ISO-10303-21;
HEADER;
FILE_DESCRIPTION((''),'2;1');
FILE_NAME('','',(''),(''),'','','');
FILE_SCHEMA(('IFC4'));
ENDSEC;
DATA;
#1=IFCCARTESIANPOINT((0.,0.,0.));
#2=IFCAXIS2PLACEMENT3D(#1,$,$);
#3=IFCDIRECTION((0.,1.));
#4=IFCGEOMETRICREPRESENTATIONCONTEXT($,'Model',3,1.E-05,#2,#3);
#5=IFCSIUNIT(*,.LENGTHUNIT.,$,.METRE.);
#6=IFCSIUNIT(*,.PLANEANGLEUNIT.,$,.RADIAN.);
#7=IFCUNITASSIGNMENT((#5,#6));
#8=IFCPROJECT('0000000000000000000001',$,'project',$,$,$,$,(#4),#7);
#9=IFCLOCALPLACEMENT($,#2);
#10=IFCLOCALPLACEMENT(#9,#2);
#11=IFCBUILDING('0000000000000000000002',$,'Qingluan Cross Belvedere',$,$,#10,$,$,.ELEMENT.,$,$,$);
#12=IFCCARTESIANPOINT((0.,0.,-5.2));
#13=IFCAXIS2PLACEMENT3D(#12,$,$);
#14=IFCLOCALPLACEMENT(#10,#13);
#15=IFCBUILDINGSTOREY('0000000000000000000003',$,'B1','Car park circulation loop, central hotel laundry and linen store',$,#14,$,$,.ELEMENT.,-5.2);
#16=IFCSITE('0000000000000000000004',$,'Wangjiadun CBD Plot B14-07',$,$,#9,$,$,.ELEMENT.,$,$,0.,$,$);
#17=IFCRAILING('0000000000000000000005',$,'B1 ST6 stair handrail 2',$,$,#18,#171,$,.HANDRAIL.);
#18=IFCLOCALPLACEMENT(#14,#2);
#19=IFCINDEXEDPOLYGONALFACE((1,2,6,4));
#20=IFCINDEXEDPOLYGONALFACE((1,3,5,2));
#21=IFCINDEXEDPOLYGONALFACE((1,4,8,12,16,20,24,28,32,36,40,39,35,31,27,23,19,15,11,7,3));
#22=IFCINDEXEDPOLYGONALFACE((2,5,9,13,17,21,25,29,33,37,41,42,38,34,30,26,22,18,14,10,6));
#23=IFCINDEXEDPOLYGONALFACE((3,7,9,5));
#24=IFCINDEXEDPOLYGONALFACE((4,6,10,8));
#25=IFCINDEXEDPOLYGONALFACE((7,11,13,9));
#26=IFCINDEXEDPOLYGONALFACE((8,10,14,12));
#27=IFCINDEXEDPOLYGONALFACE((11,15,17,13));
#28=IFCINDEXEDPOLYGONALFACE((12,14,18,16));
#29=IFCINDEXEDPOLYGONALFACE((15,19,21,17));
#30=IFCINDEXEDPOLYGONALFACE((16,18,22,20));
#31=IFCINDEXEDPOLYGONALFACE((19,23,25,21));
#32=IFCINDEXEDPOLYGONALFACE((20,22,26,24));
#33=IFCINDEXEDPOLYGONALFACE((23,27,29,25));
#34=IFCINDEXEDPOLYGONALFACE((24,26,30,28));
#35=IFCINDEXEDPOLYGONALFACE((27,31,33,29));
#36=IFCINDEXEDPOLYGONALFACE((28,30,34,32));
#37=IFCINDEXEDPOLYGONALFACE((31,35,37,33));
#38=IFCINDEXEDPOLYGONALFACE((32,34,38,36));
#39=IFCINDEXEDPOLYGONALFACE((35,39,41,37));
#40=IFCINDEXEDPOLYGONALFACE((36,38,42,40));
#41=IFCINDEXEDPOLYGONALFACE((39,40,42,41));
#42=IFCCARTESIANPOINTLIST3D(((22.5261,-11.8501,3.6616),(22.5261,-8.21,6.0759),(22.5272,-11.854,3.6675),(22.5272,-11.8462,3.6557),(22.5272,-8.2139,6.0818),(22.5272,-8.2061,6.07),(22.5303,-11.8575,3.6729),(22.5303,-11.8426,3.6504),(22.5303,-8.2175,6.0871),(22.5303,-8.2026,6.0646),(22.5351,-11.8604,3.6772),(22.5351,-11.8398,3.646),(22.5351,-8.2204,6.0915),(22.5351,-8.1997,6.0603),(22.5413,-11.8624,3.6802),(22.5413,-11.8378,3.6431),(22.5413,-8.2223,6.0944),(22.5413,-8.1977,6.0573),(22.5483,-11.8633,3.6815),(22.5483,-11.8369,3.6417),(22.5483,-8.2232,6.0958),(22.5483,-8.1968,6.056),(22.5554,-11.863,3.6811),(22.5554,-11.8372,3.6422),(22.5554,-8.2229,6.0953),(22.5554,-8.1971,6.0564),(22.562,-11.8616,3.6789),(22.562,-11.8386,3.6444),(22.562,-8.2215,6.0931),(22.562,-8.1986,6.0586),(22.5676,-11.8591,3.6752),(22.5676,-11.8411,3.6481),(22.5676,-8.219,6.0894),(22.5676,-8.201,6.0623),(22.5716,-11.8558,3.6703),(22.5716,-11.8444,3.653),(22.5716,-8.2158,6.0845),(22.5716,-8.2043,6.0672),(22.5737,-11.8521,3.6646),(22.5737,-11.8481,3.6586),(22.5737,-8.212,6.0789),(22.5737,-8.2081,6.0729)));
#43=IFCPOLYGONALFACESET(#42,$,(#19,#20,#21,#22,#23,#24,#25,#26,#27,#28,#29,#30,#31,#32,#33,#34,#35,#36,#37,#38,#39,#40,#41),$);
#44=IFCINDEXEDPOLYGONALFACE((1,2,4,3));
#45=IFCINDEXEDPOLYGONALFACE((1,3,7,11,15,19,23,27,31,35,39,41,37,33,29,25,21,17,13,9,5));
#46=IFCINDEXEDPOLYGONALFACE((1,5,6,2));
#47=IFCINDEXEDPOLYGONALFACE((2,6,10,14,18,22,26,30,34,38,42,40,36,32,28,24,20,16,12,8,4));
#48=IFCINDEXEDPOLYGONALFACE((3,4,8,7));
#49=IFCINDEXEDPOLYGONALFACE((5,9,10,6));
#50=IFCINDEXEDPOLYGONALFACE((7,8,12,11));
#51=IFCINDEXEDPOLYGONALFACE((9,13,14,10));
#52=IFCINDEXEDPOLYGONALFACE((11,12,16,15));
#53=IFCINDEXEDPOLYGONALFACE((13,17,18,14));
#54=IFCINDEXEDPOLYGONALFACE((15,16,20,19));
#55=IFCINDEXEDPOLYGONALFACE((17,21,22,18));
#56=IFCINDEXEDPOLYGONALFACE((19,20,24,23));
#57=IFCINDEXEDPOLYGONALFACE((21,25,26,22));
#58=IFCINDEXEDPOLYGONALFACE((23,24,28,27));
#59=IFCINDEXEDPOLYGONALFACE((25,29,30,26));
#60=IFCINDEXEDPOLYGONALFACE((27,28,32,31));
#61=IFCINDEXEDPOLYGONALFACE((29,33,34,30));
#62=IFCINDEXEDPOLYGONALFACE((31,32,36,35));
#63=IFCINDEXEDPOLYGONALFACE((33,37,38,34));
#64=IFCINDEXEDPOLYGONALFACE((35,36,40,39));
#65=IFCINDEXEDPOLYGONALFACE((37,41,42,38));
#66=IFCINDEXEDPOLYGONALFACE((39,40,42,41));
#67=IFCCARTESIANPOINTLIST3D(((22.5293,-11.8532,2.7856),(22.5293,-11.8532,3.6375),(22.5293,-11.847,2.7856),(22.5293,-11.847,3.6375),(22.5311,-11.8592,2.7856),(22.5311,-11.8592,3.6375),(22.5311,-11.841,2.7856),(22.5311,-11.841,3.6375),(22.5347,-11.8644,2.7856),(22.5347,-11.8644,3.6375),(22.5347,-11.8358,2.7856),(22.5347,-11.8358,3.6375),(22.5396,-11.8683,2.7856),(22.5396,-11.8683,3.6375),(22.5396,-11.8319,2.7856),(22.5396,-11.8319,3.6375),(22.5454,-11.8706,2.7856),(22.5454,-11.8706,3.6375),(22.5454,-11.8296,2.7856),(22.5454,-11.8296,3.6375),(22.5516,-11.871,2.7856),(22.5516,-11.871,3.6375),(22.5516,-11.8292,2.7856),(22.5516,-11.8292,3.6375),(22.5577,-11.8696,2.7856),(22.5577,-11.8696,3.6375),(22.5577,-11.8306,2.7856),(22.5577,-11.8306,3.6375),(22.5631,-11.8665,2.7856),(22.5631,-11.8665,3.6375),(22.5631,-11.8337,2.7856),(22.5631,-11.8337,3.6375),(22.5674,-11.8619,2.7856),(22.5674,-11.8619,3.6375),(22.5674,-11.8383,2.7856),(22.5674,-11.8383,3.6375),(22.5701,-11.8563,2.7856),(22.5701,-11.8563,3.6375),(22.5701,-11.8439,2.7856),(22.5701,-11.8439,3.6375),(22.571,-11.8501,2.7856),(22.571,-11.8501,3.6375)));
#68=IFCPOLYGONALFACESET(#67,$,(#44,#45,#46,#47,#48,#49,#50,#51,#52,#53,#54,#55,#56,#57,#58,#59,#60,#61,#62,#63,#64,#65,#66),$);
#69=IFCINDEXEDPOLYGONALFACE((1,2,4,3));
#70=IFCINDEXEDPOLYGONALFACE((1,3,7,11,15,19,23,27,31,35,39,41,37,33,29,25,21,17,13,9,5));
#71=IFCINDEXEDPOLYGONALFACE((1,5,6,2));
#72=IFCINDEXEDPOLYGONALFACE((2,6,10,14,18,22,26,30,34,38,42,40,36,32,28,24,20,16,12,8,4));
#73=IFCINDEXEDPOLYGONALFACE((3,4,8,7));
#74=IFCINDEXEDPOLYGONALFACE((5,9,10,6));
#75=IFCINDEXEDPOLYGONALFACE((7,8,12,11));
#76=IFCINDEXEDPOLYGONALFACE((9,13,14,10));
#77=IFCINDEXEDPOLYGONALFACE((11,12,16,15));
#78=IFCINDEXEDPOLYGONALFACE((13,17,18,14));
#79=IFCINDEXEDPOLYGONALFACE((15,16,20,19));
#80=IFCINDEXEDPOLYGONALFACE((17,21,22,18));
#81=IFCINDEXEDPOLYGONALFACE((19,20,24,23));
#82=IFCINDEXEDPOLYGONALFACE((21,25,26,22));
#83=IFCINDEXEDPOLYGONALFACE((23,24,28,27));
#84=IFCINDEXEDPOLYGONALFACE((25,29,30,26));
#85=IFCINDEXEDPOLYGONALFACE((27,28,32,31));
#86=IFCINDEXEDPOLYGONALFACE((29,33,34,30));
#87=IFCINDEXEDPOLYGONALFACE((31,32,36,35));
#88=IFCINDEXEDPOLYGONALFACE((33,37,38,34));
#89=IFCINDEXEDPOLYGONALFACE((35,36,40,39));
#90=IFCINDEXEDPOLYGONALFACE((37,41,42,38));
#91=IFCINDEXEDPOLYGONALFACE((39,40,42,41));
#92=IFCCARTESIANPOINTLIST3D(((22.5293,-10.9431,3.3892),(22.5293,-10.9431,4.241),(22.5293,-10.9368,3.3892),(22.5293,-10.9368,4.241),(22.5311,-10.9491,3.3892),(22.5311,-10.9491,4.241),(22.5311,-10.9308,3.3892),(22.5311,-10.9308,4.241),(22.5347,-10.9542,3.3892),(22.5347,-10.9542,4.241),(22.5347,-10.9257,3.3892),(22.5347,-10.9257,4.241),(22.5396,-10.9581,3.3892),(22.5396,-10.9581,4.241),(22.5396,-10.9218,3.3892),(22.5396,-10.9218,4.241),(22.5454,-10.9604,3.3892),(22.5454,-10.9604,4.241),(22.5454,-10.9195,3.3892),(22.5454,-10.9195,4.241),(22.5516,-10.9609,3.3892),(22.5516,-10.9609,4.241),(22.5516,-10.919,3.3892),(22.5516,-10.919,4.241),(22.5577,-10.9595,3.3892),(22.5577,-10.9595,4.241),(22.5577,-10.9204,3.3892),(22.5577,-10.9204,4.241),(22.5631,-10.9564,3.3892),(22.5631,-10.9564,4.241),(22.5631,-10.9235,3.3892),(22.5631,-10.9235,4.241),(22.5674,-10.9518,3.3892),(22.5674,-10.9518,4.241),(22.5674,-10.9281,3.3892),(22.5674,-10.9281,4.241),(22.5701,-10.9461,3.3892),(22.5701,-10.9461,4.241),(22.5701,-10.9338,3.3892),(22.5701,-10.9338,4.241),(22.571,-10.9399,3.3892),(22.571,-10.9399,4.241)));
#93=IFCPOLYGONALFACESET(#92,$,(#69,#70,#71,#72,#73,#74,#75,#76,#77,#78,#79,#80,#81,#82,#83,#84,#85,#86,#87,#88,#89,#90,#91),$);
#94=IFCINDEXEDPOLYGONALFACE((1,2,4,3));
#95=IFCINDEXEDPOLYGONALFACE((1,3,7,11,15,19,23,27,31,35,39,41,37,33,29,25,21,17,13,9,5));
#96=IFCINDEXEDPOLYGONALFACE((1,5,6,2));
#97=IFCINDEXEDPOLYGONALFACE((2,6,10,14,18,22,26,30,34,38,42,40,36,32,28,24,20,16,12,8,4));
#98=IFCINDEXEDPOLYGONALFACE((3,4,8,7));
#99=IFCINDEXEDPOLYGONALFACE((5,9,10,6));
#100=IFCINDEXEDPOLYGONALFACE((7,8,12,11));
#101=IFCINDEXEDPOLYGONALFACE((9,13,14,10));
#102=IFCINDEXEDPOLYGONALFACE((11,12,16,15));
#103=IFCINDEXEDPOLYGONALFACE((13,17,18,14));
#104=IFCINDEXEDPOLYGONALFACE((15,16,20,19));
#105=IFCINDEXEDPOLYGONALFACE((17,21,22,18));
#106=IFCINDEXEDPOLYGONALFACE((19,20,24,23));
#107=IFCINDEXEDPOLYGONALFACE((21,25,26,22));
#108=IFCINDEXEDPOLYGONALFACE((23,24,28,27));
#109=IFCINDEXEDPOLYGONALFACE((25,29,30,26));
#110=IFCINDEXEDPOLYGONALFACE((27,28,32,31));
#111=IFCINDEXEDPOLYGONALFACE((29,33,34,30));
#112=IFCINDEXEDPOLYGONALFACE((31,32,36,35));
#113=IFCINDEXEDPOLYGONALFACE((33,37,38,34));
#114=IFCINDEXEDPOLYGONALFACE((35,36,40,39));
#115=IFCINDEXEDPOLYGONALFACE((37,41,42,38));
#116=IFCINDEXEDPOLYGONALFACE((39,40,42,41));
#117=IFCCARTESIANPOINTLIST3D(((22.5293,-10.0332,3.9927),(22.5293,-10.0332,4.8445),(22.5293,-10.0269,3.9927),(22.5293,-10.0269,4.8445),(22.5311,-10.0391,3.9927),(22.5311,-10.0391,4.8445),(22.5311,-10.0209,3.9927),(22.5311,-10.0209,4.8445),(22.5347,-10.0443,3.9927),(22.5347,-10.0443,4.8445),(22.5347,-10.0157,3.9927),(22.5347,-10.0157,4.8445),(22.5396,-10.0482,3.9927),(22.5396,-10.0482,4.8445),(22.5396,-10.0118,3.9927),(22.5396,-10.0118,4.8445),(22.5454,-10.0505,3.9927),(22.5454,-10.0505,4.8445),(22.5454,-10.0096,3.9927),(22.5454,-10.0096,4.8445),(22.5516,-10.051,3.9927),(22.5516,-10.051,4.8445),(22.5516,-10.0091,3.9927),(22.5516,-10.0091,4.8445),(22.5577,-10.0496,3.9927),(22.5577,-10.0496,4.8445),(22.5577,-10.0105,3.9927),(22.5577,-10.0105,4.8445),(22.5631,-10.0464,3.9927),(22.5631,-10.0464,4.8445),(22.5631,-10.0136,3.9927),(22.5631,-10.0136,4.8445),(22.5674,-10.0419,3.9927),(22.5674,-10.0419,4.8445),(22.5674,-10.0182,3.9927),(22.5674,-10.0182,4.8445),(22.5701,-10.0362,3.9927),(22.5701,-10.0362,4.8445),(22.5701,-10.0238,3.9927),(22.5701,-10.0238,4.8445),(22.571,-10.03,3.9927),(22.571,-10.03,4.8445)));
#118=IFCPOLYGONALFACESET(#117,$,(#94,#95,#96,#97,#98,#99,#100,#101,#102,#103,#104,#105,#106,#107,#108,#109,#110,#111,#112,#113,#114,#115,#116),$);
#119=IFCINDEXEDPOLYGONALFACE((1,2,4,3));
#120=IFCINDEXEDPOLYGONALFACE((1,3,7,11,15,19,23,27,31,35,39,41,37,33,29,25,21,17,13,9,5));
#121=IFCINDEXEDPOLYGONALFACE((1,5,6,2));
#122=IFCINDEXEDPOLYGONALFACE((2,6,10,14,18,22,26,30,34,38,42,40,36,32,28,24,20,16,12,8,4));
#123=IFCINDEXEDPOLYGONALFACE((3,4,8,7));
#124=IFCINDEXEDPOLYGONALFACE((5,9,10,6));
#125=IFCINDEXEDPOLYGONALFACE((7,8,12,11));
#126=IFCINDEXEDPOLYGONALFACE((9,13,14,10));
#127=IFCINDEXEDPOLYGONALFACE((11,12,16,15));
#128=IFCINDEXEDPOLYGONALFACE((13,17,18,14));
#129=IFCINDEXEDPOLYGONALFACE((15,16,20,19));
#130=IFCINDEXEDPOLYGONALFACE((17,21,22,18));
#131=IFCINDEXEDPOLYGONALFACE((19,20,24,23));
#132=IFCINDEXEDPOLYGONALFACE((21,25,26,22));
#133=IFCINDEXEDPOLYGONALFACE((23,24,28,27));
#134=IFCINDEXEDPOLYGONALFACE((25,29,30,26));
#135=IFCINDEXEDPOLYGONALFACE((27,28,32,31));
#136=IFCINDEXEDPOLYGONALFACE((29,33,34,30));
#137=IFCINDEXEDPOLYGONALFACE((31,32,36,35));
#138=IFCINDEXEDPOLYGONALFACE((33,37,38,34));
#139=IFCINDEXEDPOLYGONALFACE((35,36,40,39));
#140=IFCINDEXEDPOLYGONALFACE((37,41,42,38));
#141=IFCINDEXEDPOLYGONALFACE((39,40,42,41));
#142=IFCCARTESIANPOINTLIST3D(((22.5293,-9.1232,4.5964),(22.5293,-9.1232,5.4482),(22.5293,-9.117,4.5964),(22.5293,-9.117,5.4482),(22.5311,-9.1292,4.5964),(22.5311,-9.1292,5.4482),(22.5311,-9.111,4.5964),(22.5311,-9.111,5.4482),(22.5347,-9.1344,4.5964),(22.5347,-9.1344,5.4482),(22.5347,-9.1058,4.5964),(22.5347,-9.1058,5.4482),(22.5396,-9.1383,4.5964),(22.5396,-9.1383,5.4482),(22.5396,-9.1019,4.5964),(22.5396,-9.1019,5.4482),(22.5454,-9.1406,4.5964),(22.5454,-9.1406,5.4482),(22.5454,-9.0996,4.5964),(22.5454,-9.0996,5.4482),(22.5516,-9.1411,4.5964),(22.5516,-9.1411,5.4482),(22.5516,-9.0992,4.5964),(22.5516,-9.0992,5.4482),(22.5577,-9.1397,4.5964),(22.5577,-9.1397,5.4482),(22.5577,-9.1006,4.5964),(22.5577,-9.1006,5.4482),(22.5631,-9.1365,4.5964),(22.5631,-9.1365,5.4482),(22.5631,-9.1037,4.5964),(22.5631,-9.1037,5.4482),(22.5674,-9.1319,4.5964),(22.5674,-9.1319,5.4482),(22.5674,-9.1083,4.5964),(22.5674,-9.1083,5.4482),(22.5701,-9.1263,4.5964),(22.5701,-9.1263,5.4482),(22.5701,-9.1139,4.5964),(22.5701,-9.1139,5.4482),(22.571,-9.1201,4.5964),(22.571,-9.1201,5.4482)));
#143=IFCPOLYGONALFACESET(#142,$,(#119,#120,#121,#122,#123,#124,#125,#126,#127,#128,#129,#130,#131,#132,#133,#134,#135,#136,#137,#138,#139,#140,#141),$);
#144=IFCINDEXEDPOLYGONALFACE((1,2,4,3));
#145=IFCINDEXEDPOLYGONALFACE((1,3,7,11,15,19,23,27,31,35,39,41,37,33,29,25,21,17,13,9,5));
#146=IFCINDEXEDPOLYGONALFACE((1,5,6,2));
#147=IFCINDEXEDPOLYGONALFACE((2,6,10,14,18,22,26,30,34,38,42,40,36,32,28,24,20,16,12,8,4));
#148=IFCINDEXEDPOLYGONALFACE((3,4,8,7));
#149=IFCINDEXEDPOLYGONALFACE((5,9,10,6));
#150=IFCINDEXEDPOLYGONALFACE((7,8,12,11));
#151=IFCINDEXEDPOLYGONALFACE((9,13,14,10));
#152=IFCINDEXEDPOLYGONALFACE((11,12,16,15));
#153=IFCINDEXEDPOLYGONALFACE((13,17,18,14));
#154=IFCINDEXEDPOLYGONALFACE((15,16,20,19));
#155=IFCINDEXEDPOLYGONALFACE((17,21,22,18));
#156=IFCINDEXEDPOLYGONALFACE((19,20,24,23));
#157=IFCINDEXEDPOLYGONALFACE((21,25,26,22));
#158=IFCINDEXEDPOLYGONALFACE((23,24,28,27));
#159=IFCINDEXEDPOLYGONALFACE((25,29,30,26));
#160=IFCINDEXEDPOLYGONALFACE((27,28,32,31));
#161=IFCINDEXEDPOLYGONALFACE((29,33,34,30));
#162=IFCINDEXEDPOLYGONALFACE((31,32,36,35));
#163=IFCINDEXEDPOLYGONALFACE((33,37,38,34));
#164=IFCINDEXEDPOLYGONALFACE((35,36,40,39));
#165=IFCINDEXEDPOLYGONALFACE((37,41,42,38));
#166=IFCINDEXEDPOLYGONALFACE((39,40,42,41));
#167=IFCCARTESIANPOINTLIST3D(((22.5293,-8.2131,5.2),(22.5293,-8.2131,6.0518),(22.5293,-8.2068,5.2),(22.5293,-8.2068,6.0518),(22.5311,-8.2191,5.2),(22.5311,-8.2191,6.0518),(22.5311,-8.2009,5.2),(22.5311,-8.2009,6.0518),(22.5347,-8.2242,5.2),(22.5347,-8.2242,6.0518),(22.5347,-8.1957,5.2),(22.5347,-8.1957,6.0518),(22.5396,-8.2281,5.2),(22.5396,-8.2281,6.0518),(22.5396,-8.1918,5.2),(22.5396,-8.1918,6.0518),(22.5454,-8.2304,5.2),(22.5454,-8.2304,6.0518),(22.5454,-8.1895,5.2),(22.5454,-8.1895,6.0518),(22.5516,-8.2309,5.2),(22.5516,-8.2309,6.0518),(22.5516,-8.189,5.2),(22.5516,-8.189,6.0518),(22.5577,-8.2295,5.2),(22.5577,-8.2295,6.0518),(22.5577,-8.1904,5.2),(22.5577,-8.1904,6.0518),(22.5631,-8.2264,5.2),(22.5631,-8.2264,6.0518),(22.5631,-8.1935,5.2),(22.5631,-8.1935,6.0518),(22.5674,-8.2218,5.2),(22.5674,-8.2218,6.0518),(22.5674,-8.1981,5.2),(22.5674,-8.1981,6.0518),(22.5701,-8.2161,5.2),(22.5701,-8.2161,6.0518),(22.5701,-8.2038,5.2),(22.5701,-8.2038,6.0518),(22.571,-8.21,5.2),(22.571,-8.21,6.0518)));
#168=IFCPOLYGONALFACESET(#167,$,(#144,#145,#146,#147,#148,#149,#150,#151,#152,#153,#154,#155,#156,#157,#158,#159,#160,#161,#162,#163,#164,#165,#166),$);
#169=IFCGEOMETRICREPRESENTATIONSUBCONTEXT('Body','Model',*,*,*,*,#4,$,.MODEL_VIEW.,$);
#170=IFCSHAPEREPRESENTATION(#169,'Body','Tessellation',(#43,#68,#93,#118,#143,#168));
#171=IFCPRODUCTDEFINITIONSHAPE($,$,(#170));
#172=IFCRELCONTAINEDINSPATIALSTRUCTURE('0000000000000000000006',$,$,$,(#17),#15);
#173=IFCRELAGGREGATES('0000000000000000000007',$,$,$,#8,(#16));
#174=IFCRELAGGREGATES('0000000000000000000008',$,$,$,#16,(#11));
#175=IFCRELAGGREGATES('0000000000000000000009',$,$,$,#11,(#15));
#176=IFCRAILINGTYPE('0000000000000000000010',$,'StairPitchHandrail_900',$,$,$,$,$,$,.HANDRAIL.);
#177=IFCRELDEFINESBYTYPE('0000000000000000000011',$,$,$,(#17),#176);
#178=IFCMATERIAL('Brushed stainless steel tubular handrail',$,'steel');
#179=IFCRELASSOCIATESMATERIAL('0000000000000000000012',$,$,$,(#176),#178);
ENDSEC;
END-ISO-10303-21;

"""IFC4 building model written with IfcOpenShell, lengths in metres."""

from ifc_helpers import new_model, si_unit, direction, frame, origin, origin_2d, place, context, subcontext, project, spatial, circle, extrude, material, type_object, element, save


model = new_model("IFC4")

# Units and contexts
model_context = context("Model", 3, precision=1e-05, world=origin(), true_north=direction((0.0, 1.0)))
body_context = subcontext(model_context, "Body", "Model", "MODEL_VIEW")
ifc_project = project(units=[si_unit("LENGTHUNIT", "METRE"), si_unit("PLANEANGLEUNIT", "RADIAN")], contexts=[model_context])

# Site, building, storey
site_placement = place(None, origin())
site = spatial("IfcSite", under=ifc_project, at=site_placement, Name="Wangjiadun CBD Plot B14-07", CompositionType="ELEMENT", RefElevation=0.0)
building_placement = place(site_placement, origin())
building = spatial("IfcBuilding", under=site, at=building_placement, Name="Qingluan Cross Belvedere", CompositionType="ELEMENT")
storey_placement = place(building_placement, frame((0.0, 0.0, -5.2)))
storey = spatial("IfcBuildingStorey", under=building, at=storey_placement, Name="B1", Description="Car park circulation loop, central hotel laundry and linen store", CompositionType="ELEMENT", Elevation=-5.2)

# Railing
ifc_material_1 = material(Name="Brushed stainless steel tubular handrail", Category="steel")
railing_type_1 = type_object("IfcRailingType", Name="StairPitchHandrail_900", PredefinedType="HANDRAIL", material=ifc_material_1)
railing_1_placement = place(storey_placement, frame((22.55, -11.8501, 2.7856)))
element("IfcRailing", 1, at=railing_1_placement, inside=storey, type_object=railing_type_1, Name="B1 ST6 stair handrail 2", PredefinedType="HANDRAIL", context=body_context, shape_type="SweptSolid", body=[
    extrude(circle(Radius=0.0239, at=origin_2d()), frame((0.0, 0.0, 0.876), z_axis=(0.0, 0.833364, 0.552725), x_axis=(-1.0, 0.0, 0.0)), (0.0, 0.0, 1.0), 4.3679),
    extrude(circle(Radius=0.021, at=origin_2d()), origin(), (0.0, 0.0, 1.0), 0.8518),
    extrude(circle(Radius=0.021, at=origin_2d()), frame((0.0, 0.9102, 0.6035)), (0.0, 0.0, 1.0), 0.8518),
    extrude(circle(Radius=0.021, at=origin_2d()), frame((0.0, 1.8201, 1.207)), (0.0, 0.0, 1.0), 0.8518),
    extrude(circle(Radius=0.021, at=origin_2d()), frame((0.0, 2.73, 1.8108)), (0.0, 0.0, 1.0), 0.8518),
    extrude(circle(Radius=0.021, at=origin_2d()), frame((0.0, 3.6401, 2.4143)), (0.0, 0.0, 1.0), 0.8518),
])

save(model, "model.ifc")
